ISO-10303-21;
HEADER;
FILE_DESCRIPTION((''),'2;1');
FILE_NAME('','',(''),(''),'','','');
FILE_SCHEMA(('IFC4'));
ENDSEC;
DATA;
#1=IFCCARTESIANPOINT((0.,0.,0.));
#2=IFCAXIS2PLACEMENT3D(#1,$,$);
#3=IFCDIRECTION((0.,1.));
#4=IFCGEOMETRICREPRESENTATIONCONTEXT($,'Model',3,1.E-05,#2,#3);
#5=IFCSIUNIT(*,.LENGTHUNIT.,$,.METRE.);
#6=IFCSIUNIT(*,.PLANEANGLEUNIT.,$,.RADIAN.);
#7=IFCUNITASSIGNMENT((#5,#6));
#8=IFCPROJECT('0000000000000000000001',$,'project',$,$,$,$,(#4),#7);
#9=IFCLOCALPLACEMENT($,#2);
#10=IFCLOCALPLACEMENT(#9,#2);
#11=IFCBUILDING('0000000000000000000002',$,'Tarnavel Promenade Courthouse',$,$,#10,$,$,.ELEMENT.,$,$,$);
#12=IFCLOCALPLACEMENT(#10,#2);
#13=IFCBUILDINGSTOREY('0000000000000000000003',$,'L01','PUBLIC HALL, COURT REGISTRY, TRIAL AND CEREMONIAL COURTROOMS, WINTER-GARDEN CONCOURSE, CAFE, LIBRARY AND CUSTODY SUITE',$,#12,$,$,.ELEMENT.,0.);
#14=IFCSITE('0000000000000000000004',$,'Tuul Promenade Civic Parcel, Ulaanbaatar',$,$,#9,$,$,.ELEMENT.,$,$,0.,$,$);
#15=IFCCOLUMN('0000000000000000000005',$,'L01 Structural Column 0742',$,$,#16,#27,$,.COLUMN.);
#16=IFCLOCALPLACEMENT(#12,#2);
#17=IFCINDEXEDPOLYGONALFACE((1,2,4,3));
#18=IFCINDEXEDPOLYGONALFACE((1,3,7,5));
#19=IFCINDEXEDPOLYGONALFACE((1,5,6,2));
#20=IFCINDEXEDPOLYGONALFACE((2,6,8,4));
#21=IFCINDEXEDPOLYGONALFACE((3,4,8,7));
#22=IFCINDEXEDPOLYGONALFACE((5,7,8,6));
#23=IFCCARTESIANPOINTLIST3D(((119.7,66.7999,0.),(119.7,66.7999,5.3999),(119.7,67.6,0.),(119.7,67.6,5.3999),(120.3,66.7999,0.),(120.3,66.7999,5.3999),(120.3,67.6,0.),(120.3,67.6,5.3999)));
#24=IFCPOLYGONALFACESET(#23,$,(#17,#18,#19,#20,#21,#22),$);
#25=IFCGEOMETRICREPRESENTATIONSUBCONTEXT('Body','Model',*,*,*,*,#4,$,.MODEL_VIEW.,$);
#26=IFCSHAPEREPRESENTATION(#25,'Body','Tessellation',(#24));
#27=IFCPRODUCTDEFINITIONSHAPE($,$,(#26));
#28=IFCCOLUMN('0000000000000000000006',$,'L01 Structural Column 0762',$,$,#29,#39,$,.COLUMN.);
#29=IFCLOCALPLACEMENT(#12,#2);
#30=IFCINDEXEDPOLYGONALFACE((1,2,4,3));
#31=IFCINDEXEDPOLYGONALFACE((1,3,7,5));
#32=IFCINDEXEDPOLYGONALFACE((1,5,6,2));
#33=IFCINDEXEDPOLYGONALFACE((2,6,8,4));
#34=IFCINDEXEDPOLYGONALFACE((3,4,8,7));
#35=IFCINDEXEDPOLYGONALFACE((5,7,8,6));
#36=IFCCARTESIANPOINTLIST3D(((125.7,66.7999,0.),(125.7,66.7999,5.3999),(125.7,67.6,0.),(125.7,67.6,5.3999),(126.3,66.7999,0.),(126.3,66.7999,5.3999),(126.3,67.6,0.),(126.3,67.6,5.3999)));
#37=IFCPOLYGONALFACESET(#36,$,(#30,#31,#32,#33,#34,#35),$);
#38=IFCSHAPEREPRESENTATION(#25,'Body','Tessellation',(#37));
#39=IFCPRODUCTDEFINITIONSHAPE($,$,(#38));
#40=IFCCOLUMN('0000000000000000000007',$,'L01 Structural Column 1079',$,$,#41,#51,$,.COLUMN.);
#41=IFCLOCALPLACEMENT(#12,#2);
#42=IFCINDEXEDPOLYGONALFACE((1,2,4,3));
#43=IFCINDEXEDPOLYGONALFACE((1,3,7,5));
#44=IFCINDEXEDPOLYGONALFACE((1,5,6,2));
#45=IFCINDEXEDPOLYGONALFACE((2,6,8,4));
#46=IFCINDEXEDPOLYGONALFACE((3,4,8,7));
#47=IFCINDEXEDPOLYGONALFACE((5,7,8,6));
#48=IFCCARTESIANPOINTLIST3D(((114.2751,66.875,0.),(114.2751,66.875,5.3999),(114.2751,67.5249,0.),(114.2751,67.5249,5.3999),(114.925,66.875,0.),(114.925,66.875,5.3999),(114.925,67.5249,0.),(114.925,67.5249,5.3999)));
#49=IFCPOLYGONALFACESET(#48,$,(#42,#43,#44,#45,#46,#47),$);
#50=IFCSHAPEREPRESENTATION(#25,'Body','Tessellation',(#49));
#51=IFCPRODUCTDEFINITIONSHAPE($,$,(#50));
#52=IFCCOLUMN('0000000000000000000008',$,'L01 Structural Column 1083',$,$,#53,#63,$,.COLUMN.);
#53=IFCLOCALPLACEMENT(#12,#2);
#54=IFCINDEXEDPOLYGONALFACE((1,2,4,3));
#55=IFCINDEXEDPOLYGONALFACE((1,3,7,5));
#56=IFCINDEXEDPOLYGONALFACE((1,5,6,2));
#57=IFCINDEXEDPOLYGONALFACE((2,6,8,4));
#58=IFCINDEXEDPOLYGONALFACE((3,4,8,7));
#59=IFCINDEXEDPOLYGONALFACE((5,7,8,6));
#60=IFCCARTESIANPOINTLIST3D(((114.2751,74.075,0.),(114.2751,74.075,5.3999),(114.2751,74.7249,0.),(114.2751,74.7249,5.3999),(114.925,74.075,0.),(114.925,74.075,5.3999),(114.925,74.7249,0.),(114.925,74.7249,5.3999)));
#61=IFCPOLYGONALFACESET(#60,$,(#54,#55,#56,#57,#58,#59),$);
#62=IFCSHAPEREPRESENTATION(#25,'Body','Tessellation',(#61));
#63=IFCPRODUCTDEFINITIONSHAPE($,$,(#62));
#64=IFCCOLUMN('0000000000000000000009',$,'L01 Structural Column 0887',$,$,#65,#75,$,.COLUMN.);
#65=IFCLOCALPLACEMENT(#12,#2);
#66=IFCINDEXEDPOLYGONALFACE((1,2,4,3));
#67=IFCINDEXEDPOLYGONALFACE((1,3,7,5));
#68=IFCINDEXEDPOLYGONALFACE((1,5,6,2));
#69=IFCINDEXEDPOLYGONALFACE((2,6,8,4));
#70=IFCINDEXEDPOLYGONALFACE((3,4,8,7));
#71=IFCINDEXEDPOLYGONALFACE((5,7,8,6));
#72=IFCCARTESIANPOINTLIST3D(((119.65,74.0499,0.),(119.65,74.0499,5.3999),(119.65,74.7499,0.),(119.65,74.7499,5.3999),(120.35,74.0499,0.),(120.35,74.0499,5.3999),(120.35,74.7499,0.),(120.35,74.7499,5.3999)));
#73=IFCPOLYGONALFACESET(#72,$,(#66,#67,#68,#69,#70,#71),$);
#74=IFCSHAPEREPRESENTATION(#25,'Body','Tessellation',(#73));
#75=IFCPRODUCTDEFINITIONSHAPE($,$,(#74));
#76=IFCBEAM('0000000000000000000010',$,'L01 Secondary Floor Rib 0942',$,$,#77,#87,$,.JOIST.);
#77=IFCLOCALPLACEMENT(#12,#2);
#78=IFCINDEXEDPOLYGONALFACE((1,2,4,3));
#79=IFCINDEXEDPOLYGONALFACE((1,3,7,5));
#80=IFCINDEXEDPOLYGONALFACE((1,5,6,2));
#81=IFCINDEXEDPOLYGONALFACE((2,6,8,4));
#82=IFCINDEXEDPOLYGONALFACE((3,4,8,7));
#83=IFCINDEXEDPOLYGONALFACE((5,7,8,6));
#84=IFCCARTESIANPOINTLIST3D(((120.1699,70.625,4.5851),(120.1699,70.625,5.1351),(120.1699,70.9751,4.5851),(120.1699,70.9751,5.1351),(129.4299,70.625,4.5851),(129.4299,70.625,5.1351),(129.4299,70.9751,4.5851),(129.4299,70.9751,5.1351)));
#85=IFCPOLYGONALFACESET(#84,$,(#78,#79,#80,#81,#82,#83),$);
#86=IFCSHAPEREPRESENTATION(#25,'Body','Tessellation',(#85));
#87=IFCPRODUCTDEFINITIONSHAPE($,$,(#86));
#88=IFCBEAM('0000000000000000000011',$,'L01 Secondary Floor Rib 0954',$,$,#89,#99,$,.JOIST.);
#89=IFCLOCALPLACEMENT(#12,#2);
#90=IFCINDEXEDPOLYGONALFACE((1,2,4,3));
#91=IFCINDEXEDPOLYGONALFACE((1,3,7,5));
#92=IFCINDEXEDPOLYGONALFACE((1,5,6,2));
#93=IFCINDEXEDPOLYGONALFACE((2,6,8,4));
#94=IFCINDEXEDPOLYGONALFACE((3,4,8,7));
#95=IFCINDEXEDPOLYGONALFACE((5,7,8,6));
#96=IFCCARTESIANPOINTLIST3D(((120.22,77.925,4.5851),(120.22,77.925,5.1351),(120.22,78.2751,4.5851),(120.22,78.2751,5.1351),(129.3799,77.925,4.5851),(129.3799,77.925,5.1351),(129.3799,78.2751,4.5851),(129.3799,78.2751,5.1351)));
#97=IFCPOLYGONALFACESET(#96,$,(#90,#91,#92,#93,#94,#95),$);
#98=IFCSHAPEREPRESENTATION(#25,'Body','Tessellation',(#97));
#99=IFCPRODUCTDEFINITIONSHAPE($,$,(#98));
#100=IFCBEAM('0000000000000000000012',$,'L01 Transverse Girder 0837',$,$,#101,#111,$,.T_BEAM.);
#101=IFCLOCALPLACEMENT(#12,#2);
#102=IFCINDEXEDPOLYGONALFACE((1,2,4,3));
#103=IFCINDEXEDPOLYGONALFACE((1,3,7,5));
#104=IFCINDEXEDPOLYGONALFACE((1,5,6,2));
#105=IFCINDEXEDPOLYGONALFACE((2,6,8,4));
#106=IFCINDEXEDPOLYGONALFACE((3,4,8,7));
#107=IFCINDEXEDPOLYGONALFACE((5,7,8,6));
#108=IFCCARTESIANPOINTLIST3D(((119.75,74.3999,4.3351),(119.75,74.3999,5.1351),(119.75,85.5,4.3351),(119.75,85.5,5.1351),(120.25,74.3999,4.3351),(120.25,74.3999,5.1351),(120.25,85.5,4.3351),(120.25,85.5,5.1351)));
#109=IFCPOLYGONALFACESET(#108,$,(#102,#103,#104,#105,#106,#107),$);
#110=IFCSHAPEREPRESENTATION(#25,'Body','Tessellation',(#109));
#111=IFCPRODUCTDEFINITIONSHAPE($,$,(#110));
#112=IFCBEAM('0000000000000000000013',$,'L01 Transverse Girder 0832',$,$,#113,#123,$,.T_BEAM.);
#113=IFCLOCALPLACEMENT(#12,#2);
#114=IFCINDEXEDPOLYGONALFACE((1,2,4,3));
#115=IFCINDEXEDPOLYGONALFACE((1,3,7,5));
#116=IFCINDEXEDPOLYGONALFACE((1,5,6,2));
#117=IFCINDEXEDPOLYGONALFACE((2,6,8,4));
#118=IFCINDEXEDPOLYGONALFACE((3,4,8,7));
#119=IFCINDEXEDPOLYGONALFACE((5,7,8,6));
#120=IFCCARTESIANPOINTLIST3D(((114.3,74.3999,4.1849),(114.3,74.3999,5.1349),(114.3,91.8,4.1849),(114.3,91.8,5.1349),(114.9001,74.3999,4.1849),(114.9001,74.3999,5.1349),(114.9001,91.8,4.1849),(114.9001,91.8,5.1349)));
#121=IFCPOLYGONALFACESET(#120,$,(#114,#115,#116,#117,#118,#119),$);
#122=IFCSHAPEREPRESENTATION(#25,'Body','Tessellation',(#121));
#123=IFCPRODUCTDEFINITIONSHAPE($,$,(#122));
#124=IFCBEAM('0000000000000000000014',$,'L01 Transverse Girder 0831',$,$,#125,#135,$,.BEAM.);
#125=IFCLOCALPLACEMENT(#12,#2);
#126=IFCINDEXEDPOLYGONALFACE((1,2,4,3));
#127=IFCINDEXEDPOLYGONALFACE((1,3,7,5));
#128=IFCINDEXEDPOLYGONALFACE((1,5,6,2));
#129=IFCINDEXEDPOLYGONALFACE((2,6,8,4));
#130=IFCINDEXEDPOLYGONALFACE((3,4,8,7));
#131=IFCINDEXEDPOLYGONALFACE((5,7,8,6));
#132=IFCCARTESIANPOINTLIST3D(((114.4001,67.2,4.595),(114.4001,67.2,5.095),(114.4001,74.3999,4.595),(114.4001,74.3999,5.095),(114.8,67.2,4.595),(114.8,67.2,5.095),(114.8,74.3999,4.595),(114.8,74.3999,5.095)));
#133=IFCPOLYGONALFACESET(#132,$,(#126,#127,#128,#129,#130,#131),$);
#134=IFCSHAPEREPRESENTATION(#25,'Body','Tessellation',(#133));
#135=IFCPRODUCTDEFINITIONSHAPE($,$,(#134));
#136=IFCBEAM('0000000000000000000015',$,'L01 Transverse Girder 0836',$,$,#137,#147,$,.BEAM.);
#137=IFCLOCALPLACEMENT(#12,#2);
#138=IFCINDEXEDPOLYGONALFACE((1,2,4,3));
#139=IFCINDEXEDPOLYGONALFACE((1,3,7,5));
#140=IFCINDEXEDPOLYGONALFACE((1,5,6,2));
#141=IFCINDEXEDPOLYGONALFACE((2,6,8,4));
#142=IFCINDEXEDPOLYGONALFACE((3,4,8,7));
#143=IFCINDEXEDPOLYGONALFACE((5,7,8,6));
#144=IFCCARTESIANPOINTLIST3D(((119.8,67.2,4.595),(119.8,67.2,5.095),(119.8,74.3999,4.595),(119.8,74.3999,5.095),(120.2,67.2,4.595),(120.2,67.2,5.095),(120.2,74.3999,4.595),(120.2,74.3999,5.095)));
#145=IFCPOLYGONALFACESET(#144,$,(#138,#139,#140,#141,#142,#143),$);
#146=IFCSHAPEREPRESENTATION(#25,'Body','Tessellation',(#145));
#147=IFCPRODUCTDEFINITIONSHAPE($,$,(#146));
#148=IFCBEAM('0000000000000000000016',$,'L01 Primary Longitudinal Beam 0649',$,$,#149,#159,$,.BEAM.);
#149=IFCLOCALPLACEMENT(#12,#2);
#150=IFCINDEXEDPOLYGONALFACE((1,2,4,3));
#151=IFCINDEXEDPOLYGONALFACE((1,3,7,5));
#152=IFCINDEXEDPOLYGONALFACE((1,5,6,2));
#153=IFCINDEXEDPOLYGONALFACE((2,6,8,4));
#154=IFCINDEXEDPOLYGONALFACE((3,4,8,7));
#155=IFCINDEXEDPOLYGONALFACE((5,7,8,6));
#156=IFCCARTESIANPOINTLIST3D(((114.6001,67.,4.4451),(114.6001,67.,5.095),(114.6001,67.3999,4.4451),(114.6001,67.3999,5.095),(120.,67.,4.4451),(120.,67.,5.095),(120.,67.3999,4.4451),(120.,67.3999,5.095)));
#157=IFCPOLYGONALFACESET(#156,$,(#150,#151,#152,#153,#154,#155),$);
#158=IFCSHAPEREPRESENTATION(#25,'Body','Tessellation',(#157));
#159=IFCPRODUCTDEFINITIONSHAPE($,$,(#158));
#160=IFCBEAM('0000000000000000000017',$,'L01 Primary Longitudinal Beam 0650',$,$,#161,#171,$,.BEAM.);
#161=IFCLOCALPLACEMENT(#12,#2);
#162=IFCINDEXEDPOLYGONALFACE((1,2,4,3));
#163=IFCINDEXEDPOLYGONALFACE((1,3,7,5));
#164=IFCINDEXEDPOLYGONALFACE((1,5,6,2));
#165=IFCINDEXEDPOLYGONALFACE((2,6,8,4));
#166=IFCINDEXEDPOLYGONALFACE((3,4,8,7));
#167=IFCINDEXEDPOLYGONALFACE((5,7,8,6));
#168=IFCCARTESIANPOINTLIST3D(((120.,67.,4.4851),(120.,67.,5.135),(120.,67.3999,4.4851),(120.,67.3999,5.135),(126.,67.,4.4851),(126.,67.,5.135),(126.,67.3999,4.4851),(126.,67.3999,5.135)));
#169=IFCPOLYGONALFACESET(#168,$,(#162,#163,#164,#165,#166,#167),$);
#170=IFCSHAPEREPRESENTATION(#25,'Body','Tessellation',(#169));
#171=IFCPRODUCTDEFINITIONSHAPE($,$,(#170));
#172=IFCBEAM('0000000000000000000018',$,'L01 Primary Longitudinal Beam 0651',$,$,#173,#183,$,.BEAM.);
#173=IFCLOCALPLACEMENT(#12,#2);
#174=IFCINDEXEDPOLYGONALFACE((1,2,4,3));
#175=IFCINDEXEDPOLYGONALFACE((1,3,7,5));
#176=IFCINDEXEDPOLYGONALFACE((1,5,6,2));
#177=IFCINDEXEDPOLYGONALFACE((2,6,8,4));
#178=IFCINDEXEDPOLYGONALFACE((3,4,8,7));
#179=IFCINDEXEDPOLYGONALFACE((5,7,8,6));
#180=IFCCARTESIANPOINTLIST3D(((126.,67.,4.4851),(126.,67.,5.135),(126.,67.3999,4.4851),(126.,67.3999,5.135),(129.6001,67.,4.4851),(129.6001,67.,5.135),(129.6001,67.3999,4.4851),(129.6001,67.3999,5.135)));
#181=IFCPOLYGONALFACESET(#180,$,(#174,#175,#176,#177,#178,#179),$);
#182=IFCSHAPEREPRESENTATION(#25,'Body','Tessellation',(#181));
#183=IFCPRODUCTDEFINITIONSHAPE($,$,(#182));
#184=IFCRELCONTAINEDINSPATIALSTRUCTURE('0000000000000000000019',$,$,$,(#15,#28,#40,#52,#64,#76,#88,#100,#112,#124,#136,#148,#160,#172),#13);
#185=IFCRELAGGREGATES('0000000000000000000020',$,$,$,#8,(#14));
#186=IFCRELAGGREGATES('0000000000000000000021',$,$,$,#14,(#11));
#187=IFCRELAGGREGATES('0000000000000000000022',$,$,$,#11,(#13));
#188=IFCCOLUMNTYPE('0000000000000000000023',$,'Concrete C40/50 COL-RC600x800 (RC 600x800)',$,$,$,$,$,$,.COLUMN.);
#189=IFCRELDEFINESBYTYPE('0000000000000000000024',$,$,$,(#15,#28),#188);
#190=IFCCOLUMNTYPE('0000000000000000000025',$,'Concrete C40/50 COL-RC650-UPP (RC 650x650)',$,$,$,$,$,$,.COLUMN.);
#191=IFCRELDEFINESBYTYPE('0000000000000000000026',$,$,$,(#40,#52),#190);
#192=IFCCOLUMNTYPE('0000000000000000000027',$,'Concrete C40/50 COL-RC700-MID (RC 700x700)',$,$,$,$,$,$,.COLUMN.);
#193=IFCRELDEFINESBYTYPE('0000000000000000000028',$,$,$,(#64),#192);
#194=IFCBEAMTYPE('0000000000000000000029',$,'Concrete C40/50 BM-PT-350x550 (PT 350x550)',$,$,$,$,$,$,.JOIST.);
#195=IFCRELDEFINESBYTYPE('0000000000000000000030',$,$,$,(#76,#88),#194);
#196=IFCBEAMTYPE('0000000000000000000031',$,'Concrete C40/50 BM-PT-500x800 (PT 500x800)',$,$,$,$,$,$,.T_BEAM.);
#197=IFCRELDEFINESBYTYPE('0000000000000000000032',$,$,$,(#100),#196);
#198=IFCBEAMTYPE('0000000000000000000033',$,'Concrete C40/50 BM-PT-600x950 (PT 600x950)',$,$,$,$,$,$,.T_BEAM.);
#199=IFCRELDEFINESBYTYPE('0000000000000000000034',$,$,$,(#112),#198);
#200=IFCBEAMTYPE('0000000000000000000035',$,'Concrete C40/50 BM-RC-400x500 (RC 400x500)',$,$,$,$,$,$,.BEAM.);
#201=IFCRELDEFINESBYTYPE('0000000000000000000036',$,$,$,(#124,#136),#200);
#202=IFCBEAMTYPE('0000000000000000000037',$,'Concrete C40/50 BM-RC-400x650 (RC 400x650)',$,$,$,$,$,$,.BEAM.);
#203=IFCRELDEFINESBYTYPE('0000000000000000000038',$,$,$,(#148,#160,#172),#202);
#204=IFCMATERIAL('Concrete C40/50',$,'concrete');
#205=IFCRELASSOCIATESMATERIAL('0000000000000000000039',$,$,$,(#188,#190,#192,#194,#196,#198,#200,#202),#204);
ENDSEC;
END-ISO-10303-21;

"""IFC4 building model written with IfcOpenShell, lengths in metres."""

from ifc_helpers import new_model, si_unit, direction, frame, origin, origin_2d, place, context, subcontext, project, spatial, rectangle, extrude, material, material_profile, profile_set, type_object, element, save


model = new_model("IFC4")

# Units and contexts
model_context = context("Model", 3, precision=1e-05, world=origin(), true_north=direction((0.0, 1.0)))
body_context = subcontext(model_context, "Body", "Model", "MODEL_VIEW")
ifc_project = project(units=[si_unit("LENGTHUNIT", "METRE"), si_unit("PLANEANGLEUNIT", "RADIAN")], contexts=[model_context])

# Site, building, storey
site_placement = place(None, origin())
site = spatial("IfcSite", under=ifc_project, at=site_placement, Name="Tuul Promenade Civic Parcel, Ulaanbaatar", CompositionType="ELEMENT", RefElevation=0.0)
building_placement = place(site_placement, origin())
building = spatial("IfcBuilding", under=site, at=building_placement, Name="Tarnavel Promenade Courthouse", CompositionType="ELEMENT")
storey_placement = place(building_placement, origin())
storey = spatial("IfcBuildingStorey", under=building, at=storey_placement, Name="L01", Description="PUBLIC HALL, COURT REGISTRY, TRIAL AND CEREMONIAL COURTROOMS, WINTER-GARDEN CONCOURSE, CAFE, LIBRARY AND CUSTODY SUITE", CompositionType="ELEMENT", Elevation=0.0)

# Columns
ifc_material_1 = material(Name="Concrete C40/50", Category="concrete")
ifc_material_profile_1 = material_profile(ifc_material_1, rectangle(XDim=0.6001, YDim=0.8, at=origin_2d()), Name="RC 600x800")
ifc_profile_set_1 = profile_set([ifc_material_profile_1], Name="Concrete C40/50")
column_type_1 = type_object("IfcColumnType", Name="Concrete C40/50 COL-RC600x800 (RC 600x800)", PredefinedType="COLUMN", material=ifc_profile_set_1)
for number, where, z_axis, x_axis, name in (
    (1, (120.0, 67.2, 0.0), (0.0, 0.0, 1.0), (1.0, 0.0, 0.0), "L01 Structural Column 0742"),
    (2, (126.0, 67.2, 0.0), (0.0, 0.0, 1.0), (1.0, 0.0, 0.0), "L01 Structural Column 0762"),
):
    element("IfcColumn", number, at=place(storey_placement, frame(where, z_axis=z_axis, x_axis=x_axis)), inside=storey, type_object=column_type_1, Name=name, PredefinedType="COLUMN", context=body_context, shape_type="SweptSolid", body=[
        extrude(rectangle(XDim=0.6001, YDim=0.8, at=origin_2d()), origin(), (0.0, 0.0, 1.0), 5.3999),
    ])
ifc_material_profile_2 = material_profile(ifc_material_1, rectangle(XDim=0.6499, YDim=0.6499, at=origin_2d()), Name="RC 650x650")
ifc_profile_set_2 = profile_set([ifc_material_profile_2], Name="Concrete C40/50")
column_type_2 = type_object("IfcColumnType", Name="Concrete C40/50 COL-RC650-UPP (RC 650x650)", PredefinedType="COLUMN", material=ifc_profile_set_2)
for number, where, z_axis, x_axis, name in (
    (3, (114.6001, 67.2, 0.0), (0.0, 0.0, 1.0), (1.0, 0.0, 0.0), "L01 Structural Column 1079"),
    (4, (114.6001, 74.3999, 0.0), (0.0, 0.0, 1.0), (1.0, 0.0, 0.0), "L01 Structural Column 1083"),
):
    element("IfcColumn", number, at=place(storey_placement, frame(where, z_axis=z_axis, x_axis=x_axis)), inside=storey, type_object=column_type_2, Name=name, PredefinedType="COLUMN", context=body_context, shape_type="SweptSolid", body=[
        extrude(rectangle(XDim=0.6499, YDim=0.6499, at=origin_2d()), origin(), (0.0, 0.0, 1.0), 5.3999),
    ])
ifc_material_profile_3 = material_profile(ifc_material_1, rectangle(XDim=0.7, YDim=0.7, at=origin_2d()), Name="RC 700x700")
ifc_profile_set_3 = profile_set([ifc_material_profile_3], Name="Concrete C40/50")
column_type_3 = type_object("IfcColumnType", Name="Concrete C40/50 COL-RC700-MID (RC 700x700)", PredefinedType="COLUMN", material=ifc_profile_set_3)
column_placement = place(storey_placement, frame((120.0, 74.3999, 0.0), z_axis=(0.0, 0.0, 1.0), x_axis=(1.0, 0.0, 0.0)))
element("IfcColumn", 5, at=column_placement, inside=storey, type_object=column_type_3, Name="L01 Structural Column 0887", PredefinedType="COLUMN", context=body_context, shape_type="SweptSolid", body=[
    extrude(rectangle(XDim=0.7, YDim=0.7, at=origin_2d()), origin(), (0.0, 0.0, 1.0), 5.3999),
])

# Beams
ifc_material_profile_4 = material_profile(ifc_material_1, rectangle(XDim=0.3501, YDim=0.55, at=origin_2d()), Name="PT 350x550")
ifc_profile_set_4 = profile_set([ifc_material_profile_4], Name="Concrete C40/50")
beam_type_1 = type_object("IfcBeamType", Name="Concrete C40/50 BM-PT-350x550 (PT 350x550)", PredefinedType="JOIST", material=ifc_profile_set_4)
beam_1_placement = place(storey_placement, frame((120.1699, 70.8, 4.8601), z_axis=(1.0, 0.0, 0.0), x_axis=(0.0, 1.0, 0.0)))
element("IfcBeam", 6, at=beam_1_placement, inside=storey, type_object=beam_type_1, Name="L01 Secondary Floor Rib 0942", PredefinedType="JOIST", context=body_context, shape_type="SweptSolid", body=[
    extrude(rectangle(XDim=0.3501, YDim=0.55, at=origin_2d()), origin(), (0.0, 0.0, 1.0), 9.26),
])
beam_2_placement = place(storey_placement, frame((120.22, 78.1001, 4.8601), z_axis=(1.0, 0.0, 0.0), x_axis=(0.0, 1.0, 0.0)))
element("IfcBeam", 7, at=beam_2_placement, inside=storey, type_object=beam_type_1, Name="L01 Secondary Floor Rib 0954", PredefinedType="JOIST", context=body_context, shape_type="SweptSolid", body=[
    extrude(rectangle(XDim=0.3501, YDim=0.55, at=origin_2d()), origin(), (0.0, 0.0, 1.0), 9.1599),
])
ifc_material_profile_5 = material_profile(ifc_material_1, rectangle(XDim=0.5, YDim=0.8, at=origin_2d()), Name="PT 500x800")
ifc_profile_set_5 = profile_set([ifc_material_profile_5], Name="Concrete C40/50")
beam_type_2 = type_object("IfcBeamType", Name="Concrete C40/50 BM-PT-500x800 (PT 500x800)", PredefinedType="T_BEAM", material=ifc_profile_set_5)
beam_3_placement = place(storey_placement, frame((120.0, 74.3999, 4.7351), z_axis=(0.0, 1.0, 0.0), x_axis=(-1.0, 0.0, 0.0)))
element("IfcBeam", 8, at=beam_3_placement, inside=storey, type_object=beam_type_2, Name="L01 Transverse Girder 0837", PredefinedType="T_BEAM", context=body_context, shape_type="SweptSolid", body=[
    extrude(rectangle(XDim=0.5, YDim=0.8, at=origin_2d()), origin(), (0.0, 0.0, 1.0), 11.1001),
])
ifc_material_profile_6 = material_profile(ifc_material_1, rectangle(XDim=0.6001, YDim=0.95, at=origin_2d()), Name="PT 600x950")
ifc_profile_set_6 = profile_set([ifc_material_profile_6], Name="Concrete C40/50")
beam_type_3 = type_object("IfcBeamType", Name="Concrete C40/50 BM-PT-600x950 (PT 600x950)", PredefinedType="T_BEAM", material=ifc_profile_set_6)
beam_4_placement = place(storey_placement, frame((114.6001, 74.3999, 4.6599), z_axis=(0.0, 1.0, 0.0), x_axis=(-1.0, 0.0, 0.0)))
element("IfcBeam", 9, at=beam_4_placement, inside=storey, type_object=beam_type_3, Name="L01 Transverse Girder 0832", PredefinedType="T_BEAM", context=body_context, shape_type="SweptSolid", body=[
    extrude(rectangle(XDim=0.6001, YDim=0.95, at=origin_2d()), origin(), (0.0, 0.0, 1.0), 17.4001),
])
ifc_material_profile_7 = material_profile(ifc_material_1, rectangle(XDim=0.3999, YDim=0.5, at=origin_2d()), Name="RC 400x500")
ifc_profile_set_7 = profile_set([ifc_material_profile_7], Name="Concrete C40/50")
beam_type_4 = type_object("IfcBeamType", Name="Concrete C40/50 BM-RC-400x500 (RC 400x500)", PredefinedType="BEAM", material=ifc_profile_set_7)
for number, where, z_axis, x_axis, name in (
    (10, (114.6001, 67.2, 4.845), (0.0, 1.0, 0.0), (-1.0, 0.0, 0.0), "L01 Transverse Girder 0831"),
    (11, (120.0, 67.2, 4.845), (0.0, 1.0, 0.0), (-1.0, 0.0, 0.0), "L01 Transverse Girder 0836"),
):
    element("IfcBeam", number, at=place(storey_placement, frame(where, z_axis=z_axis, x_axis=x_axis)), inside=storey, type_object=beam_type_4, Name=name, PredefinedType="BEAM", context=body_context, shape_type="SweptSolid", body=[
        extrude(rectangle(XDim=0.3999, YDim=0.5, at=origin_2d()), origin(), (0.0, 0.0, 1.0), 7.2),
    ])
ifc_material_profile_8 = material_profile(ifc_material_1, rectangle(XDim=0.3999, YDim=0.6499, at=origin_2d()), Name="RC 400x650")
ifc_profile_set_8 = profile_set([ifc_material_profile_8], Name="Concrete C40/50")
beam_type_5 = type_object("IfcBeamType", Name="Concrete C40/50 BM-RC-400x650 (RC 400x650)", PredefinedType="BEAM", material=ifc_profile_set_8)
beam_5_placement = place(storey_placement, frame((114.6001, 67.2, 4.77), z_axis=(1.0, 0.0, 0.0), x_axis=(0.0, 1.0, 0.0)))
element("IfcBeam", 12, at=beam_5_placement, inside=storey, type_object=beam_type_5, Name="L01 Primary Longitudinal Beam 0649", PredefinedType="BEAM", context=body_context, shape_type="SweptSolid", body=[
    extrude(rectangle(XDim=0.3999, YDim=0.6499, at=origin_2d()), origin(), (0.0, 0.0, 1.0), 5.3999),
])
beam_6_placement = place(storey_placement, frame((120.0, 67.2, 4.8101), z_axis=(1.0, 0.0, 0.0), x_axis=(0.0, 1.0, 0.0)))
element("IfcBeam", 13, at=beam_6_placement, inside=storey, type_object=beam_type_5, Name="L01 Primary Longitudinal Beam 0650", PredefinedType="BEAM", context=body_context, shape_type="SweptSolid", body=[
    extrude(rectangle(XDim=0.3999, YDim=0.6499, at=origin_2d()), origin(), (0.0, 0.0, 1.0), 6.0),
])
beam_7_placement = place(storey_placement, frame((126.0, 67.2, 4.8101), z_axis=(1.0, 0.0, 0.0), x_axis=(0.0, 1.0, 0.0)))
element("IfcBeam", 14, at=beam_7_placement, inside=storey, type_object=beam_type_5, Name="L01 Primary Longitudinal Beam 0651", PredefinedType="BEAM", context=body_context, shape_type="SweptSolid", body=[
    extrude(rectangle(XDim=0.3999, YDim=0.6499, at=origin_2d()), origin(), (0.0, 0.0, 1.0), 3.6001),
])

save(model, "model.ifc")
